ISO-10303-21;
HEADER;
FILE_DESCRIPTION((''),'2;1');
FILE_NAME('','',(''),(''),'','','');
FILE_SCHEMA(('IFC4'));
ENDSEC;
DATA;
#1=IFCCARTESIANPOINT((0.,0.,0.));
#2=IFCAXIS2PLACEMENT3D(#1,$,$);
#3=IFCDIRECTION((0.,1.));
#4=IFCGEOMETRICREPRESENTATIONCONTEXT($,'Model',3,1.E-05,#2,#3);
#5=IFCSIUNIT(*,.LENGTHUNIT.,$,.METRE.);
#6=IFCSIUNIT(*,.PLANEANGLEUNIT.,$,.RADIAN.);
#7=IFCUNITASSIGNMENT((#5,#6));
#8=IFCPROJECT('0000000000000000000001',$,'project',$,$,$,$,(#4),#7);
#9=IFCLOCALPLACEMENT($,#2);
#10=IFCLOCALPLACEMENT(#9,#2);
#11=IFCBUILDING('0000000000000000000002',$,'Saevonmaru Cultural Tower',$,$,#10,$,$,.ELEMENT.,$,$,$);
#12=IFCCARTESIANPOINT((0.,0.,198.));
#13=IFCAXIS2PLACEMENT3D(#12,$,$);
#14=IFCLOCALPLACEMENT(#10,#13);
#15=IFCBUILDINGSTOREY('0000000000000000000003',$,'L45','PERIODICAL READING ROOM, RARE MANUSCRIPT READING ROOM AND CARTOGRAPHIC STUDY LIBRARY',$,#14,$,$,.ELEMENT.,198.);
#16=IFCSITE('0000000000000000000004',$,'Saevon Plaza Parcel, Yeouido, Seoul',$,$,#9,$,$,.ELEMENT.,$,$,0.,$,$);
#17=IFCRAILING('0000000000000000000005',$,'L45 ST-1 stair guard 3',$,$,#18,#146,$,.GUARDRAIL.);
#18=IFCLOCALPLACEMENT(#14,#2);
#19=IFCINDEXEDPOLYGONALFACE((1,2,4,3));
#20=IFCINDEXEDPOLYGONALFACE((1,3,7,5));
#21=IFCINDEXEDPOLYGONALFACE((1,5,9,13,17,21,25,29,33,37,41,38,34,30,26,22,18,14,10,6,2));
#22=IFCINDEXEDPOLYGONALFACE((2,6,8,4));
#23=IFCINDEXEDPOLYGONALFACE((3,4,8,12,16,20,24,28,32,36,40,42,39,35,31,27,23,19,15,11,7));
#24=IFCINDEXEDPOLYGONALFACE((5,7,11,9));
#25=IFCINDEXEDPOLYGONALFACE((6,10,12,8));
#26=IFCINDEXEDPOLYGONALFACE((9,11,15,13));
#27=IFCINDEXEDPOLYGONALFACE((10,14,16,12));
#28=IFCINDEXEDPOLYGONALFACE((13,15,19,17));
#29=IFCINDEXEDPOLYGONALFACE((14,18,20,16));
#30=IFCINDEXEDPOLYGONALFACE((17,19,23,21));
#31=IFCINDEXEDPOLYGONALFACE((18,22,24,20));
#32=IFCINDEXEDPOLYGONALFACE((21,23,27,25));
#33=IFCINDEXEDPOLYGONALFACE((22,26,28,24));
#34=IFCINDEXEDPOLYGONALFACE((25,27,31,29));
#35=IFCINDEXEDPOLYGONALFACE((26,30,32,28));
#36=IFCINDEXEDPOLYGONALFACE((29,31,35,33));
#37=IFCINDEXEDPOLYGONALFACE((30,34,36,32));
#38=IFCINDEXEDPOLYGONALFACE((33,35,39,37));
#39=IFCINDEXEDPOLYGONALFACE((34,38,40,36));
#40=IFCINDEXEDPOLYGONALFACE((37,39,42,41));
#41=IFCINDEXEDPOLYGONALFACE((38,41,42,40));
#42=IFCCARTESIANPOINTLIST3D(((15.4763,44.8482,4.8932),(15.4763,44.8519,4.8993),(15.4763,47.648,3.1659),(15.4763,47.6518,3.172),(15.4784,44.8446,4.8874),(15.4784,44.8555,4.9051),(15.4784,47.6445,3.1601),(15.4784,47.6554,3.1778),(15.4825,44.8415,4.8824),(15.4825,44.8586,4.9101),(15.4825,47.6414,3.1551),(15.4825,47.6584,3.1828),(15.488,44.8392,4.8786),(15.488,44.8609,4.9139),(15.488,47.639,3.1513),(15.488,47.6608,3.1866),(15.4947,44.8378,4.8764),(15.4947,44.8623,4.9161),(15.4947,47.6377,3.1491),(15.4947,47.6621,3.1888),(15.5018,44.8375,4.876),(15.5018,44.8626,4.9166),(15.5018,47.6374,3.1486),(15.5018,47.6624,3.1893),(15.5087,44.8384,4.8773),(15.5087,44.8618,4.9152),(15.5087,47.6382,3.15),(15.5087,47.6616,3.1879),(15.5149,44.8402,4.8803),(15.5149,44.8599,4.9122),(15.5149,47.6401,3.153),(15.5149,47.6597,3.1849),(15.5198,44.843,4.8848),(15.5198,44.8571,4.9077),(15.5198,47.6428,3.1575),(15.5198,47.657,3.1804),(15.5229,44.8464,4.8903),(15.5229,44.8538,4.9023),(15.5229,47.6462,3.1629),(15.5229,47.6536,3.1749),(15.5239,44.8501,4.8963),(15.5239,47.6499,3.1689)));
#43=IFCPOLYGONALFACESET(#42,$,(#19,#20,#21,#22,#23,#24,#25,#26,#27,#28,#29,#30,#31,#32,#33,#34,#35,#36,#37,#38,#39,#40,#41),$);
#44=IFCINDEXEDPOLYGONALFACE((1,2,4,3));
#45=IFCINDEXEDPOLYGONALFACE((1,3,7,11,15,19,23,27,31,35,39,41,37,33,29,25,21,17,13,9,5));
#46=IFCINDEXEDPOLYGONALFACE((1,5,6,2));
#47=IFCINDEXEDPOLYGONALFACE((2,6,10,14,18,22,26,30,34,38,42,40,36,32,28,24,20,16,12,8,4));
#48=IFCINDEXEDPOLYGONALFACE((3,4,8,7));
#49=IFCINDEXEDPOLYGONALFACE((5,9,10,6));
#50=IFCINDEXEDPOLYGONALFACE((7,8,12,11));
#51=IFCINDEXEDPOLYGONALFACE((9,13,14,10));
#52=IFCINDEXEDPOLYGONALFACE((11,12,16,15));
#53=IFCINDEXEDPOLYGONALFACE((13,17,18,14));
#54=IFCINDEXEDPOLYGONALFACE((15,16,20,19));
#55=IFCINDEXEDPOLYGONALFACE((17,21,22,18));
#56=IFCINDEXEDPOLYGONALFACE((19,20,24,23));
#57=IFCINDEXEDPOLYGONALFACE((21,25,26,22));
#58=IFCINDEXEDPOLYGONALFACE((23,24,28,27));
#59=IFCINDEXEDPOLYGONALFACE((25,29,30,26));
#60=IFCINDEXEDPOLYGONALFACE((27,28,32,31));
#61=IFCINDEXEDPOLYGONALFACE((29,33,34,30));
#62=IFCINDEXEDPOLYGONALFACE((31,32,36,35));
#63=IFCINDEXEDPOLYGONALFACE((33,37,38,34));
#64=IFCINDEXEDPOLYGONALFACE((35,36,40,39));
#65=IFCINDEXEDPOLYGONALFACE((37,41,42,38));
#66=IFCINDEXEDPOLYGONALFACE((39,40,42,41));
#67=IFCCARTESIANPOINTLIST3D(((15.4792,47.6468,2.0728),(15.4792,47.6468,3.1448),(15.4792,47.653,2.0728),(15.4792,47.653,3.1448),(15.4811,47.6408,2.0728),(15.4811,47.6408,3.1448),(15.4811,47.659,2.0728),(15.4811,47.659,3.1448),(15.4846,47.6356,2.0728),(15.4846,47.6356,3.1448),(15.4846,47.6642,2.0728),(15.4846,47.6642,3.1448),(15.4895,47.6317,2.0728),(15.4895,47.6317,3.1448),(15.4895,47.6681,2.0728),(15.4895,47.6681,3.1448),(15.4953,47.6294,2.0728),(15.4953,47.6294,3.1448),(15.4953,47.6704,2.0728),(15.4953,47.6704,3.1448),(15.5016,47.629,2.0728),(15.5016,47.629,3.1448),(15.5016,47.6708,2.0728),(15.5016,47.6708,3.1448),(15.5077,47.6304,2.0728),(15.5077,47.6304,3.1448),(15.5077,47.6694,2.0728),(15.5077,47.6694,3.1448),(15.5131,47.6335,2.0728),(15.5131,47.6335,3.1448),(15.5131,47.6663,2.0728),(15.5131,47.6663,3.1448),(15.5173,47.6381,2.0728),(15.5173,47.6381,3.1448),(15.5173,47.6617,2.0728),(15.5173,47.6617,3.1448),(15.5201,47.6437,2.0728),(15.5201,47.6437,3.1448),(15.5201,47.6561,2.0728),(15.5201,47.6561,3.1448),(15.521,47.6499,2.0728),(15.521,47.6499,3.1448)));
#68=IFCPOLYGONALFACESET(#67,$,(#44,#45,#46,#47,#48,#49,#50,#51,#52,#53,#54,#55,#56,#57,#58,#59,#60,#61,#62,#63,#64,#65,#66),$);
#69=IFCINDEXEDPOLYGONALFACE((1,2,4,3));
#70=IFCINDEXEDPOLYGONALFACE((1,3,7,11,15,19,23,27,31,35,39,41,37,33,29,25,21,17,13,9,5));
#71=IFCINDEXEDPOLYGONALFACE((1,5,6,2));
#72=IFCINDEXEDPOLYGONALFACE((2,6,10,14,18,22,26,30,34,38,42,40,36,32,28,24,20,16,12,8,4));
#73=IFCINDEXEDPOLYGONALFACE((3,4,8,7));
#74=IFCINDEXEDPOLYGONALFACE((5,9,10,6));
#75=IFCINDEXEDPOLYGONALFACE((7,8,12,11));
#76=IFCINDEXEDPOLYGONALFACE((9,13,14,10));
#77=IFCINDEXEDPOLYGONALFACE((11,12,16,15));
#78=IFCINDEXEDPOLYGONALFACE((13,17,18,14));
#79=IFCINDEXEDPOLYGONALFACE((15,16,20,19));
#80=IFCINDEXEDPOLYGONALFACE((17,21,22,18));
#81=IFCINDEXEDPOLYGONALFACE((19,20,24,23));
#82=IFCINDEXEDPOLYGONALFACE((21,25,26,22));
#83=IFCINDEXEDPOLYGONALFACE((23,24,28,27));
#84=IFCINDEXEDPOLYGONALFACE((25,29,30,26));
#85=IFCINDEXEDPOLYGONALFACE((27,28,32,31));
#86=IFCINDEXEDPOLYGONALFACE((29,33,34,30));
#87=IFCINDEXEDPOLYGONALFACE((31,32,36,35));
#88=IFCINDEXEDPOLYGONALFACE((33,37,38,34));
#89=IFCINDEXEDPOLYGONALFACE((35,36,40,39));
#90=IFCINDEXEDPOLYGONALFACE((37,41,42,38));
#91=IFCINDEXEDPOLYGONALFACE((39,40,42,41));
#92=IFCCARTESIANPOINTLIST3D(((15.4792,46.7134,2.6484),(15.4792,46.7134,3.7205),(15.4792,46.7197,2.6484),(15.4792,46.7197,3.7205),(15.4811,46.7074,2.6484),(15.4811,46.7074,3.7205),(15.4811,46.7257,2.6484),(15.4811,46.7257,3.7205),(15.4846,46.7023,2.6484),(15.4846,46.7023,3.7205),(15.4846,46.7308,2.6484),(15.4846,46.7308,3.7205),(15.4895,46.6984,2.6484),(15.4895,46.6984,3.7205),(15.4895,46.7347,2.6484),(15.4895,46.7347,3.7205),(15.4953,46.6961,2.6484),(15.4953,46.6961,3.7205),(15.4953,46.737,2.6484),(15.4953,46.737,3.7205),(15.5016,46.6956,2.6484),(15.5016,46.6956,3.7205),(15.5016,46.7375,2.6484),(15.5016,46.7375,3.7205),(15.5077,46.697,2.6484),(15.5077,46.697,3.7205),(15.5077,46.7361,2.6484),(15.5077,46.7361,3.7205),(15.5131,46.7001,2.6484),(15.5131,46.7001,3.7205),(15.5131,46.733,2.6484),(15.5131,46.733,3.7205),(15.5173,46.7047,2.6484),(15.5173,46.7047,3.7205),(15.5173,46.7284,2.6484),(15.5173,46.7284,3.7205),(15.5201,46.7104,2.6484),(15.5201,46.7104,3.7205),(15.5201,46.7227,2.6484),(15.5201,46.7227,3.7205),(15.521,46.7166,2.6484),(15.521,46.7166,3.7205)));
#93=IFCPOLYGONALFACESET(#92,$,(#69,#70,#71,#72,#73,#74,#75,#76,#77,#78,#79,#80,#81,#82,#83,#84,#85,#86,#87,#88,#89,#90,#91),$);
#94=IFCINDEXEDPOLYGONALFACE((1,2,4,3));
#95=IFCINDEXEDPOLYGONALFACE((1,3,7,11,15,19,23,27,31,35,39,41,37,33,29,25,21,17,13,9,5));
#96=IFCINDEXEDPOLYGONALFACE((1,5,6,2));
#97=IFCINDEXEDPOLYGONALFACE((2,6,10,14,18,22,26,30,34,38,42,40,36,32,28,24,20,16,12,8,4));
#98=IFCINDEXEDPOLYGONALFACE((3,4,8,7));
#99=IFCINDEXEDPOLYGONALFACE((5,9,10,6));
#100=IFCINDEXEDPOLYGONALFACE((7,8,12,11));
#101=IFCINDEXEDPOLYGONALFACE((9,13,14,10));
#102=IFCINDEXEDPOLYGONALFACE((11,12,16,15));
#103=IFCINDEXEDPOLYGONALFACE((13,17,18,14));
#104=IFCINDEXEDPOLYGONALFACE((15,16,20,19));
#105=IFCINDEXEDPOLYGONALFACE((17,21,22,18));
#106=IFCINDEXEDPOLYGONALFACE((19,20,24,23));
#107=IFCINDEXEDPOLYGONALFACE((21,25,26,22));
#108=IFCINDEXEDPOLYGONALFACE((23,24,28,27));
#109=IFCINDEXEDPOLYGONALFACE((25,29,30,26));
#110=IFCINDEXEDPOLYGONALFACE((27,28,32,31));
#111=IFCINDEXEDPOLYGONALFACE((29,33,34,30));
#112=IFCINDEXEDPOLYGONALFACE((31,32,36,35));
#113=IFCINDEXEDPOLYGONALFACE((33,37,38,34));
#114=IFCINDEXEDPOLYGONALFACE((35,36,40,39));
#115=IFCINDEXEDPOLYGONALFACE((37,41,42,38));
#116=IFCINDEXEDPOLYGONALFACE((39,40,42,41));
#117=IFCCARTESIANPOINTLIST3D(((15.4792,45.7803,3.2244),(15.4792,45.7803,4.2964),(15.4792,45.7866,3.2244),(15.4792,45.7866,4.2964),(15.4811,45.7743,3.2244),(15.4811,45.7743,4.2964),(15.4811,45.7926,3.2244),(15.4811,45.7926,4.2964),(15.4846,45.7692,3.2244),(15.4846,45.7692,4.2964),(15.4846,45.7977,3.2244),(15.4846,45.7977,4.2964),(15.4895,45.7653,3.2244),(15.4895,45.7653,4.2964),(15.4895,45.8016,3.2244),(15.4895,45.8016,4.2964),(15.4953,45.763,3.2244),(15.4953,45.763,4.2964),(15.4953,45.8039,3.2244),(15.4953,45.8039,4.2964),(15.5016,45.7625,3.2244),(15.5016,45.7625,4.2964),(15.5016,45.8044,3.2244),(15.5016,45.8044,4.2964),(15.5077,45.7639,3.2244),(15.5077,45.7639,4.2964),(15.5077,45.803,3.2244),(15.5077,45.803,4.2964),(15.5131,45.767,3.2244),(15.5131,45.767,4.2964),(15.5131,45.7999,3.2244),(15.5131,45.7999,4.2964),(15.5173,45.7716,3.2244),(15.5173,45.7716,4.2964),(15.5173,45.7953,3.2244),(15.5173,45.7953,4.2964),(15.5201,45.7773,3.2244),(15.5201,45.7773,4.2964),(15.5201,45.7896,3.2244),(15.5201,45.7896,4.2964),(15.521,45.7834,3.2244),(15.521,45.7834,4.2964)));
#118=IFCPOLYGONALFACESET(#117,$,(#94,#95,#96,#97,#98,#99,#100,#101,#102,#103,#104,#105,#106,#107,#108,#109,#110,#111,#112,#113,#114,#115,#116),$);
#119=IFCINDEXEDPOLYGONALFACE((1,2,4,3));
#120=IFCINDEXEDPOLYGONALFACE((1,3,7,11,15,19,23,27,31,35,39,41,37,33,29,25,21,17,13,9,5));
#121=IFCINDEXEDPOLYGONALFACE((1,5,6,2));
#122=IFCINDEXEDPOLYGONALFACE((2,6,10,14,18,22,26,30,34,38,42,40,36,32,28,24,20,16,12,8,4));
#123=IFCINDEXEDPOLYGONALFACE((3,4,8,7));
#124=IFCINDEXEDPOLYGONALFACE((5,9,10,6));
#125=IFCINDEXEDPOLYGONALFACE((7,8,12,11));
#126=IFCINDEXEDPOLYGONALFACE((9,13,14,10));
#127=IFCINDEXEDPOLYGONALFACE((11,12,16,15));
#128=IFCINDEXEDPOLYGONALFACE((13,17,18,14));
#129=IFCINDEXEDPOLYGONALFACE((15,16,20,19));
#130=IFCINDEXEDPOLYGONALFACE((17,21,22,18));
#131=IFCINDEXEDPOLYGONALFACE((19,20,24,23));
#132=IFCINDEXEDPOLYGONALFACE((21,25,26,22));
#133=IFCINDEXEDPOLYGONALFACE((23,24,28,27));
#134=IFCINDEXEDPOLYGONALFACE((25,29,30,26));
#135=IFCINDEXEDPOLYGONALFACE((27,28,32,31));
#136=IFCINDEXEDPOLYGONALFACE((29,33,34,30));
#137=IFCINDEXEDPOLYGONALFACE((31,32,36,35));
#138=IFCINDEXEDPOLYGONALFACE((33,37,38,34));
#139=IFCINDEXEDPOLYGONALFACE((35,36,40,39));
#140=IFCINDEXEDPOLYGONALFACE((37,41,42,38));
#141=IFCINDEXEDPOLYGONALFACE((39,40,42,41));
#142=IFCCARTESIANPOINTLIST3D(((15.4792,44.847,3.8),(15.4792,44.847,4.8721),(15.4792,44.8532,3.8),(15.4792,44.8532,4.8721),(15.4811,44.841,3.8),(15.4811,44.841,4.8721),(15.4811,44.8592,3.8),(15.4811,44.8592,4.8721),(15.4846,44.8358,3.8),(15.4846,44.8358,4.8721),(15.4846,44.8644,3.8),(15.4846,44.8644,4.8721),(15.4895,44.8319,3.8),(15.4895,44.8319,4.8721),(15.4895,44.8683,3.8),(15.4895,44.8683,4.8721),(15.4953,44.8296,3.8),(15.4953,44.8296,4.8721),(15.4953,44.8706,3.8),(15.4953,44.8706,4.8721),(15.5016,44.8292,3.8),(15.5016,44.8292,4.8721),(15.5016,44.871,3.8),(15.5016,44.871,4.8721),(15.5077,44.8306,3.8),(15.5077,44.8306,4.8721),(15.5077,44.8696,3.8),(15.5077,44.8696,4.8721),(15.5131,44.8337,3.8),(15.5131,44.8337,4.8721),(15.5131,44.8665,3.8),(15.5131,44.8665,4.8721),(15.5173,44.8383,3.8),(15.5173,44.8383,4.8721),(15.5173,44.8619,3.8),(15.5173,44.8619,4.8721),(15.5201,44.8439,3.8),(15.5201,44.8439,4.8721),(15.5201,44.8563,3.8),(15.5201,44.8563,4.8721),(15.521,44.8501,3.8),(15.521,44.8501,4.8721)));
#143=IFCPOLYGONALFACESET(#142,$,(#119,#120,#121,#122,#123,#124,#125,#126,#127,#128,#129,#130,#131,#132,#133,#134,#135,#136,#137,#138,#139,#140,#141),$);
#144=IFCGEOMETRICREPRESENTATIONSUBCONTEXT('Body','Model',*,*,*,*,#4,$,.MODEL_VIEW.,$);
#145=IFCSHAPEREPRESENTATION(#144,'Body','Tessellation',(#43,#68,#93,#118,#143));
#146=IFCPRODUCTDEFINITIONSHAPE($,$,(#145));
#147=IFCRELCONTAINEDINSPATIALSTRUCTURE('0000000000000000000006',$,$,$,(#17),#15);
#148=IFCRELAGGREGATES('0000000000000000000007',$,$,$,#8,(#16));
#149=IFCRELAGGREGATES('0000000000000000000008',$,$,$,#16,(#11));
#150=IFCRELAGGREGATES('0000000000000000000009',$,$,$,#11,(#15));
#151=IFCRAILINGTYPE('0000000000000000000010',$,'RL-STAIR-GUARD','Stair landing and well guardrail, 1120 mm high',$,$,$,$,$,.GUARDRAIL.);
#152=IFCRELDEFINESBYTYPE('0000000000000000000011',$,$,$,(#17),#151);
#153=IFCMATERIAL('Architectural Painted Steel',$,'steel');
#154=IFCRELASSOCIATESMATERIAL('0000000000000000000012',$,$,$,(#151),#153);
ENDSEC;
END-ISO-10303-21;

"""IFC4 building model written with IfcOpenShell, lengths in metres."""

from ifc_helpers import new_model, si_unit, direction, frame, origin, origin_2d, place, context, subcontext, project, spatial, circle, extrude, material, type_object, element, save


model = new_model("IFC4")

# Units and contexts
model_context = context("Model", 3, precision=1e-05, world=origin(), true_north=direction((0.0, 1.0)))
body_context = subcontext(model_context, "Body", "Model", "MODEL_VIEW")
ifc_project = project(units=[si_unit("LENGTHUNIT", "METRE"), si_unit("PLANEANGLEUNIT", "RADIAN")], contexts=[model_context])

# Site, building, storey
site_placement = place(None, origin())
site = spatial("IfcSite", under=ifc_project, at=site_placement, Name="Saevon Plaza Parcel, Yeouido, Seoul", CompositionType="ELEMENT", RefElevation=0.0)
building_placement = place(site_placement, origin())
building = spatial("IfcBuilding", under=site, at=building_placement, Name="Saevonmaru Cultural Tower", CompositionType="ELEMENT")
storey_placement = place(building_placement, frame((0.0, 0.0, 198.0)))
storey = spatial("IfcBuildingStorey", under=building, at=storey_placement, Name="L45", Description="PERIODICAL READING ROOM, RARE MANUSCRIPT READING ROOM AND CARTOGRAPHIC STUDY LIBRARY", CompositionType="ELEMENT", Elevation=198.0)

# Railing
ifc_material_1 = material(Name="Architectural Painted Steel", Category="steel")
railing_type_1 = type_object("IfcRailingType", Name="RL-STAIR-GUARD", Description="Stair landing and well guardrail, 1120 mm high", PredefinedType="GUARDRAIL", material=ifc_material_1)
railing_1_placement = place(storey_placement, frame((15.5, 47.6499, 2.0728)))
element("IfcRailing", 1, at=railing_1_placement, inside=storey, type_object=railing_type_1, Name="L45 ST-1 stair guard 3", PredefinedType="GUARDRAIL", context=body_context, shape_type="SweptSolid", body=[
    extrude(circle(Radius=0.0239, at=origin_2d()), frame((0.0, 0.0, 1.0962), z_axis=(0.0, -0.851069, 0.525054), x_axis=(1.0, 0.0, 0.0)), (0.0, 0.0, 1.0), 3.2898),
    extrude(circle(Radius=0.021, at=origin_2d()), origin(), (0.0, 0.0, 1.0), 1.072),
    extrude(circle(Radius=0.021, at=origin_2d()), frame((0.0, -0.9333, 0.5757)), (0.0, 0.0, 1.0), 1.072),
    extrude(circle(Radius=0.021, at=origin_2d()), frame((0.0, -1.8665, 1.1516)), (0.0, 0.0, 1.0), 1.072),
    extrude(circle(Radius=0.021, at=origin_2d()), frame((0.0, -2.7998, 1.7273)), (0.0, 0.0, 1.0), 1.072),
])

save(model, "model.ifc")
